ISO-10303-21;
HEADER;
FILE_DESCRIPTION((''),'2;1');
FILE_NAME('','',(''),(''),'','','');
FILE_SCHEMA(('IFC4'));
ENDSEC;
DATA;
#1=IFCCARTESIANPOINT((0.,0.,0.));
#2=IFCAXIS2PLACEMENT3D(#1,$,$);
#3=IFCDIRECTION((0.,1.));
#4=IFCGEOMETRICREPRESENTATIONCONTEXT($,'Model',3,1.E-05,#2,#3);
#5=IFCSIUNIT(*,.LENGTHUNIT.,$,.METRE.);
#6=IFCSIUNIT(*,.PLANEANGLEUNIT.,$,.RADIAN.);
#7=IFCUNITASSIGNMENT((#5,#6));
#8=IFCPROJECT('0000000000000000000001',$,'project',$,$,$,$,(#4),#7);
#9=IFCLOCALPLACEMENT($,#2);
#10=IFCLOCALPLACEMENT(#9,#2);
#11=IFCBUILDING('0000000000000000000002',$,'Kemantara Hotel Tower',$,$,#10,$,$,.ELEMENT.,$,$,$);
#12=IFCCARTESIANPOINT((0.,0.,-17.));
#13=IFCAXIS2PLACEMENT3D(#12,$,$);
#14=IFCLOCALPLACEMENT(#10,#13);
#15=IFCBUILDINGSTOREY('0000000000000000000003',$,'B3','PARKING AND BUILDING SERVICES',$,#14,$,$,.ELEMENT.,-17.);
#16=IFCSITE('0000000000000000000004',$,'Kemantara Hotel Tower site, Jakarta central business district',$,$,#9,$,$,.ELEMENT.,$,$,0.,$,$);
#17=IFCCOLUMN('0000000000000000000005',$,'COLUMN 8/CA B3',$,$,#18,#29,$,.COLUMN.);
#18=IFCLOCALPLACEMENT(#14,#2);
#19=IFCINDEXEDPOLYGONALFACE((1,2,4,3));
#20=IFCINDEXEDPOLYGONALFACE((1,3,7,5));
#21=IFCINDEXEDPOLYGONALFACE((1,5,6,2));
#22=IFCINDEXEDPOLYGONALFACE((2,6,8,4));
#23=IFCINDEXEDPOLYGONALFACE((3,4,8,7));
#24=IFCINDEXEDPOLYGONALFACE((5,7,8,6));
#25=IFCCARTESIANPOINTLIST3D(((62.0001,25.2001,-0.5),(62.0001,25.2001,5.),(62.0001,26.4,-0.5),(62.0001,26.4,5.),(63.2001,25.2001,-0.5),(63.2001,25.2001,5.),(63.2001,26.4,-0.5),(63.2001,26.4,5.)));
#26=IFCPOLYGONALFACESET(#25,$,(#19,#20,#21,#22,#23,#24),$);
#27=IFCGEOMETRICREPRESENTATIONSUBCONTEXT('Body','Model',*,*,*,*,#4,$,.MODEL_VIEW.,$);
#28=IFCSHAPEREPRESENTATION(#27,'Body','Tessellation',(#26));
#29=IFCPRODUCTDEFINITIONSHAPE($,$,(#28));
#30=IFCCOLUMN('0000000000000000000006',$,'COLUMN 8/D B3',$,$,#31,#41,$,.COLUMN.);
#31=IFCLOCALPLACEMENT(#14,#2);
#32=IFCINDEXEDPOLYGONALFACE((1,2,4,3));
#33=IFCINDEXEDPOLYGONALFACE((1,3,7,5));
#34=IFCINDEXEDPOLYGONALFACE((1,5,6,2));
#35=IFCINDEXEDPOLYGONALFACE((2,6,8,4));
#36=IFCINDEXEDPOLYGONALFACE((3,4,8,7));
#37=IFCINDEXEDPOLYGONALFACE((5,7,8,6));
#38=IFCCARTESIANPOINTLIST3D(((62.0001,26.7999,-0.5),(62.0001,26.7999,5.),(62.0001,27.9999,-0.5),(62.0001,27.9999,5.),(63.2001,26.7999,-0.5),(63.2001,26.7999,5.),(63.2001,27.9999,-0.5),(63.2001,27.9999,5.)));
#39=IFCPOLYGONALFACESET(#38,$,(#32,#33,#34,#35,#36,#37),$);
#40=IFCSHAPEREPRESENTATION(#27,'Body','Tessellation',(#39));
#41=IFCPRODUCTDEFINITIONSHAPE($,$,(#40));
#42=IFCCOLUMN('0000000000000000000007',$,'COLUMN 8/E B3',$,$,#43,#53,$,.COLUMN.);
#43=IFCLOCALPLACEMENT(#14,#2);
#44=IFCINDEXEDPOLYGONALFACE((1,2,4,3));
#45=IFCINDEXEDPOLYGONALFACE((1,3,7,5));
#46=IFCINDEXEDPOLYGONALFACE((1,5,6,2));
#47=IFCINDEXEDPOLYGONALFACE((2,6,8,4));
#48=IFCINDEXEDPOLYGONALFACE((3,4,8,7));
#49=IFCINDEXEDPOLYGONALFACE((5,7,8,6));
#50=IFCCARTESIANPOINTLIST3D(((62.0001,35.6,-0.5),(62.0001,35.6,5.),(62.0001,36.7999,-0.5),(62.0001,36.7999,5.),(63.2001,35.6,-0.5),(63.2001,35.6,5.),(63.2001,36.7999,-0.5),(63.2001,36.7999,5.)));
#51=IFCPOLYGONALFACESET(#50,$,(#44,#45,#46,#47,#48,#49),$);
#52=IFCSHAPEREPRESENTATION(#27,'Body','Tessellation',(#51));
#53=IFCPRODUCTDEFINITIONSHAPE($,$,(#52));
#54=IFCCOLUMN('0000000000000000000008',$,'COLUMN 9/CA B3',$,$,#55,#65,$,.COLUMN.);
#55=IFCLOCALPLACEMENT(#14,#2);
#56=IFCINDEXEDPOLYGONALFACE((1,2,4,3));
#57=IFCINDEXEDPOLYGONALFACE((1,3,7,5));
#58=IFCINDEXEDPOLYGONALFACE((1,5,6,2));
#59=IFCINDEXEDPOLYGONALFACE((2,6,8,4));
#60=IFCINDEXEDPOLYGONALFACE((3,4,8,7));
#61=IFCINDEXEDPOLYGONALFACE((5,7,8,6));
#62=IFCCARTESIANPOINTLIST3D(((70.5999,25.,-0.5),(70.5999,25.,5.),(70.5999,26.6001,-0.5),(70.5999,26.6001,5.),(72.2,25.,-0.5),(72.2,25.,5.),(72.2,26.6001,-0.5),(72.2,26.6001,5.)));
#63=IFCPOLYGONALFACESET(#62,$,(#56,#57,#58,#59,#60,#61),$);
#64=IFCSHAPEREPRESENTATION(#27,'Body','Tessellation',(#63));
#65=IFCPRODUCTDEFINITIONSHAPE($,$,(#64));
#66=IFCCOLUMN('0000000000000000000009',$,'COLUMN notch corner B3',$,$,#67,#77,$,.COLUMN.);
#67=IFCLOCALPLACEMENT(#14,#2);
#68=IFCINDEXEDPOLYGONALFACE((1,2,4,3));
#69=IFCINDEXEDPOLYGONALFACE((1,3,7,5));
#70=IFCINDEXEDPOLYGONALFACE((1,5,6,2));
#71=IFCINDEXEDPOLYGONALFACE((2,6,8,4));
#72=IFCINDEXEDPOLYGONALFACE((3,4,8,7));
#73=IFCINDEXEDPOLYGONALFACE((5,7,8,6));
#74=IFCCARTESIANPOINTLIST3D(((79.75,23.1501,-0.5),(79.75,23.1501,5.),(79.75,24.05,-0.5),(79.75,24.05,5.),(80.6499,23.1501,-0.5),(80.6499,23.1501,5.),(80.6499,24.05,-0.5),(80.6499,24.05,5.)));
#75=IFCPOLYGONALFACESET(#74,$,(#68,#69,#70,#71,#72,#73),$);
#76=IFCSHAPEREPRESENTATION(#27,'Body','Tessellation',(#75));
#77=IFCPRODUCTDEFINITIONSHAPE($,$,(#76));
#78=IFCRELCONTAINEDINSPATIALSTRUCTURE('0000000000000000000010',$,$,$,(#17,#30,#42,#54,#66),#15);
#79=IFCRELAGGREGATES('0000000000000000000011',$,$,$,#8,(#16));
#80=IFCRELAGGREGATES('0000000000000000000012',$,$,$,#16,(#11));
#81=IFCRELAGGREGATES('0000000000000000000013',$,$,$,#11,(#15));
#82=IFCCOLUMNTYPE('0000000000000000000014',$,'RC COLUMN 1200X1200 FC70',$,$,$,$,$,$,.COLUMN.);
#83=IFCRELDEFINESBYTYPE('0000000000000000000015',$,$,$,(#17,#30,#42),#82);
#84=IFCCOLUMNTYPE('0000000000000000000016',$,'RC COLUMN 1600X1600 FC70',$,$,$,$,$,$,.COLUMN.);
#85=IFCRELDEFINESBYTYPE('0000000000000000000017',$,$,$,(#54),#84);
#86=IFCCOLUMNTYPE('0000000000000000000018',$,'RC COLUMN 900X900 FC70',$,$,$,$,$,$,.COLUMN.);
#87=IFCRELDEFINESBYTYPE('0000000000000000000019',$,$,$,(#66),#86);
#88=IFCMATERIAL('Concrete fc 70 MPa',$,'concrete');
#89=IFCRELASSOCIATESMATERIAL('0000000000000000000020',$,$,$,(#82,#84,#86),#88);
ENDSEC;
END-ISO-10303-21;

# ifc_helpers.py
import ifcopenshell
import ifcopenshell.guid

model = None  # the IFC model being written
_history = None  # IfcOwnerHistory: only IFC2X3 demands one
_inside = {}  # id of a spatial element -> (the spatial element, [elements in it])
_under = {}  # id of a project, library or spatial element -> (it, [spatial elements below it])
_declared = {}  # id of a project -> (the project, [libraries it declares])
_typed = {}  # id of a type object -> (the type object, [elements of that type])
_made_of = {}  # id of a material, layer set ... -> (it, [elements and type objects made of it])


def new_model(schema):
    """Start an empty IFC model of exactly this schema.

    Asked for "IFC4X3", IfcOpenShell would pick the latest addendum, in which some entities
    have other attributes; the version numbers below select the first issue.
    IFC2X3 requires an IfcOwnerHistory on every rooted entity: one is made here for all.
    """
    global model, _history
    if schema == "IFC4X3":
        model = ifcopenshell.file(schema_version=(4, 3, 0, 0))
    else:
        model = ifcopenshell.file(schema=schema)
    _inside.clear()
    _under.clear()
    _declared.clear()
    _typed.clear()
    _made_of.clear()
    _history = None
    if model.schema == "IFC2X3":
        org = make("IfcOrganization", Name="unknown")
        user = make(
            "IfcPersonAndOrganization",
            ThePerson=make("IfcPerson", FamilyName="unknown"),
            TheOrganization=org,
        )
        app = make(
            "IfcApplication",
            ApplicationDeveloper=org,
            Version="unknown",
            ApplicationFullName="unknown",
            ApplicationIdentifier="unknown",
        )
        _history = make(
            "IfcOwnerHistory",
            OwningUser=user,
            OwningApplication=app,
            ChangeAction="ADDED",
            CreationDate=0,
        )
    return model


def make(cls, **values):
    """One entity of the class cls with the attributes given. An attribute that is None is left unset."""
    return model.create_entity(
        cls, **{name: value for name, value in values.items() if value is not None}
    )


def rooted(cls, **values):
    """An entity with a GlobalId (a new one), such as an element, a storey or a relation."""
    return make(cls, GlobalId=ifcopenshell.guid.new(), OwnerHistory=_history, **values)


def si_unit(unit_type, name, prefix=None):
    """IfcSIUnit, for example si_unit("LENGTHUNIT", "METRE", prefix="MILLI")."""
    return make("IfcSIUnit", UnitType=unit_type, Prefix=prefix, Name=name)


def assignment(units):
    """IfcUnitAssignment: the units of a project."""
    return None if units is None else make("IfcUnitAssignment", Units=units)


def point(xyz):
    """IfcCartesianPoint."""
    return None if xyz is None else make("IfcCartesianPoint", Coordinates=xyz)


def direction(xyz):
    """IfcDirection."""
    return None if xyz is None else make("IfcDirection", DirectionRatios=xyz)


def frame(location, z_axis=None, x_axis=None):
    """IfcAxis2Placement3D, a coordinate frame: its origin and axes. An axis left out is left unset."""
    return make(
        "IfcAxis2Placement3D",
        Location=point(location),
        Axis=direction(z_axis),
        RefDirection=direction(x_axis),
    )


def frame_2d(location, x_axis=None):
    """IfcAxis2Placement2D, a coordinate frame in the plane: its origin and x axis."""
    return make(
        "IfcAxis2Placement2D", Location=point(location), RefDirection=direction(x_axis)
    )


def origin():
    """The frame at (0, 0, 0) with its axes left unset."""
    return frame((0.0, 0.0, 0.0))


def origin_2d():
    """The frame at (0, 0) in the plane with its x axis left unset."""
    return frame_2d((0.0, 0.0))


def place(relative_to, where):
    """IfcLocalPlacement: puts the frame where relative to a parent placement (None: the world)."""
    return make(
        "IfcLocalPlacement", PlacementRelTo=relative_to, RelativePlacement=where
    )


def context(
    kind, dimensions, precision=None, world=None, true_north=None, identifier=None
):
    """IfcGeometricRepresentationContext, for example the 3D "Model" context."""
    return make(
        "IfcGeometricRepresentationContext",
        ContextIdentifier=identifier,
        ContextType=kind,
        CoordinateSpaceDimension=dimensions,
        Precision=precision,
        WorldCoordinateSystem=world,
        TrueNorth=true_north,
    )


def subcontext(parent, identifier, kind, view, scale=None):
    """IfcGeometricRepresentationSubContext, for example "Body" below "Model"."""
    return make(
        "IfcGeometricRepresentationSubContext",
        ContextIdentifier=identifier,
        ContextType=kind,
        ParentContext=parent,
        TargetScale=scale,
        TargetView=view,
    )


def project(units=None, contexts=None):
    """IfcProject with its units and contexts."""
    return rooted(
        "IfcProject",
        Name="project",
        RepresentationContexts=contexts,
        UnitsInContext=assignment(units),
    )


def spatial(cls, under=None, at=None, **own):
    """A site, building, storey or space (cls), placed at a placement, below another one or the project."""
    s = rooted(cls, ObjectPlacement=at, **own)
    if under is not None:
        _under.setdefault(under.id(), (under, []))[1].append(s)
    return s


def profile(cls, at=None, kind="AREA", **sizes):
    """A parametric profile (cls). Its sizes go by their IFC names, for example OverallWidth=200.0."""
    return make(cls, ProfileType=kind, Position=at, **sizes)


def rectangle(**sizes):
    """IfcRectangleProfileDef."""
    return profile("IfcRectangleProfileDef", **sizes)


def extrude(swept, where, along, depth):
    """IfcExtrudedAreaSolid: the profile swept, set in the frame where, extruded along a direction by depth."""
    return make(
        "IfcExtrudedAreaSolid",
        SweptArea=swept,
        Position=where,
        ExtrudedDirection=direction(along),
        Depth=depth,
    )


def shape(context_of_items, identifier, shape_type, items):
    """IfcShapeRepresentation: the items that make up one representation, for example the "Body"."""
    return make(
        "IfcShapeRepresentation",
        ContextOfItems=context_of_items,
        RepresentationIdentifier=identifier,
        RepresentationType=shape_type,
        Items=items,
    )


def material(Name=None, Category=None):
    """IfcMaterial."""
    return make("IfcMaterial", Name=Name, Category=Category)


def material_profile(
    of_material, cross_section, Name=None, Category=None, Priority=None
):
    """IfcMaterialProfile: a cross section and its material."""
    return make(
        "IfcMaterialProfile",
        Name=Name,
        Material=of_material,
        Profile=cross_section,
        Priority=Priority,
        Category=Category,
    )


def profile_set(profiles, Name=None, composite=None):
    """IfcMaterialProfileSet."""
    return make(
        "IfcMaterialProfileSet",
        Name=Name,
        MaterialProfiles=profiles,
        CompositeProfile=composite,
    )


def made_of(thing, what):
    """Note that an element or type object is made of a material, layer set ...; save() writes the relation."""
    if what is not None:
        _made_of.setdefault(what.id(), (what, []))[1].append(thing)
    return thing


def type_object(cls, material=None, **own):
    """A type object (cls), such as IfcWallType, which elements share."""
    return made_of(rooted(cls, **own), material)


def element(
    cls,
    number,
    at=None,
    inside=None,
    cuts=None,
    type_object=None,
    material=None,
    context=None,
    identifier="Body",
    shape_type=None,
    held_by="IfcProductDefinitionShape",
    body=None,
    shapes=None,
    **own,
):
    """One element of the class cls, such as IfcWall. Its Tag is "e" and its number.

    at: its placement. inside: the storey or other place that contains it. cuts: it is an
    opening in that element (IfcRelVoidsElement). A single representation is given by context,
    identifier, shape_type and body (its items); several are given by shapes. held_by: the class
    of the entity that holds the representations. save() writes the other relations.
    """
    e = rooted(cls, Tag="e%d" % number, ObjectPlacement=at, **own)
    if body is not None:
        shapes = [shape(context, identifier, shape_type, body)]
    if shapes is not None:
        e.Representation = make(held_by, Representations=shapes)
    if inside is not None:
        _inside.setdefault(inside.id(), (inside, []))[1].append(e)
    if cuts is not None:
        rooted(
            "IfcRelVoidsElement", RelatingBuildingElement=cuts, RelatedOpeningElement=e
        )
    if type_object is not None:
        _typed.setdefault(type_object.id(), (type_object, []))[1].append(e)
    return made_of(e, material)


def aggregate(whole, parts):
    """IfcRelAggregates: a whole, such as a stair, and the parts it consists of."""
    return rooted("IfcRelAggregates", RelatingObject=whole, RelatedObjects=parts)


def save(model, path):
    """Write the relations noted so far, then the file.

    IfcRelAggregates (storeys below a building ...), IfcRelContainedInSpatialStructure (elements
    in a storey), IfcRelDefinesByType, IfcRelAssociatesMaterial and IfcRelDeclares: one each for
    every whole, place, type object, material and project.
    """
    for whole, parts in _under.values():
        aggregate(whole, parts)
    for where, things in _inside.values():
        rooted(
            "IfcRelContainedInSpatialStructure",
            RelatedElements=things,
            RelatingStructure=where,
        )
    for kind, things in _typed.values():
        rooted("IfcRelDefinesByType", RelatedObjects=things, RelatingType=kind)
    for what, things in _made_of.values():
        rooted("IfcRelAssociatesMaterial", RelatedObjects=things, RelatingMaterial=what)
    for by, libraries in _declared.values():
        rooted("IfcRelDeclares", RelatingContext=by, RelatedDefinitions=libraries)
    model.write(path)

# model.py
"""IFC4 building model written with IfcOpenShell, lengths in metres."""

from ifc_helpers import new_model, si_unit, direction, frame, origin, origin_2d, place, context, subcontext, project, spatial, rectangle, extrude, material, material_profile, profile_set, type_object, element, save


model = new_model("IFC4")

# Units and contexts
model_context = context("Model", 3, precision=1e-05, world=origin(), true_north=direction((0.0, 1.0)))
body_context = subcontext(model_context, "Body", "Model", "MODEL_VIEW")
ifc_project = project(units=[si_unit("LENGTHUNIT", "METRE"), si_unit("PLANEANGLEUNIT", "RADIAN")], contexts=[model_context])

# Site, building, storey
site_placement = place(None, origin())
site = spatial("IfcSite", under=ifc_project, at=site_placement, Name="Kemantara Hotel Tower site, Jakarta central business district", CompositionType="ELEMENT", RefElevation=0.0)
building_placement = place(site_placement, origin())
building = spatial("IfcBuilding", under=site, at=building_placement, Name="Kemantara Hotel Tower", CompositionType="ELEMENT")
storey_placement = place(building_placement, frame((0.0, 0.0, -17.0)))
storey = spatial("IfcBuildingStorey", under=building, at=storey_placement, Name="B3", Description="PARKING AND BUILDING SERVICES", CompositionType="ELEMENT", Elevation=-17.0)

# Columns
ifc_material_1 = material(Name="Concrete fc 70 MPa", Category="concrete")
ifc_material_profile_1 = material_profile(ifc_material_1, rectangle(XDim=1.2, YDim=1.2, at=origin_2d()), Name="RC 1200X1200")
ifc_profile_set_1 = profile_set([ifc_material_profile_1], Name="Concrete fc 70 MPa")
column_type_1 = type_object("IfcColumnType", Name="RC COLUMN 1200X1200 FC70", PredefinedType="COLUMN", material=ifc_profile_set_1)
for number, where, z_axis, x_axis, name in (
    (1, (62.6001, 25.8, -0.5), (0.0, 0.0, 1.0), (1.0, 0.0, 0.0), "COLUMN 8/CA B3"),
    (2, (62.6001, 27.3999, -0.5), (0.0, 0.0, 1.0), (1.0, 0.0, 0.0), "COLUMN 8/D B3"),
    (3, (62.6001, 36.2, -0.5), (0.0, 0.0, 1.0), (1.0, 0.0, 0.0), "COLUMN 8/E B3"),
):
    element("IfcColumn", number, at=place(storey_placement, frame(where, z_axis=z_axis, x_axis=x_axis)), inside=storey, type_object=column_type_1, Name=name, PredefinedType="COLUMN", context=body_context, shape_type="SweptSolid", body=[
        extrude(rectangle(XDim=1.2, YDim=1.2, at=origin_2d()), origin(), (0.0, 0.0, 1.0), 5.5),
    ])
ifc_material_profile_2 = material_profile(ifc_material_1, rectangle(XDim=1.6001, YDim=1.6001, at=origin_2d()), Name="RC 1600X1600")
ifc_profile_set_2 = profile_set([ifc_material_profile_2], Name="Concrete fc 70 MPa")
column_type_2 = type_object("IfcColumnType", Name="RC COLUMN 1600X1600 FC70", PredefinedType="COLUMN", material=ifc_profile_set_2)
column_1_placement = place(storey_placement, frame((71.3999, 25.8, -0.5), z_axis=(0.0, 0.0, 1.0), x_axis=(1.0, 0.0, 0.0)))
element("IfcColumn", 4, at=column_1_placement, inside=storey, type_object=column_type_2, Name="COLUMN 9/CA B3", PredefinedType="COLUMN", context=body_context, shape_type="SweptSolid", body=[
    extrude(rectangle(XDim=1.6001, YDim=1.6001, at=origin_2d()), origin(), (0.0, 0.0, 1.0), 5.5),
])
ifc_material_profile_3 = material_profile(ifc_material_1, rectangle(XDim=0.8999, YDim=0.8999, at=origin_2d()), Name="RC 900X900")
ifc_profile_set_3 = profile_set([ifc_material_profile_3], Name="Concrete fc 70 MPa")
column_type_3 = type_object("IfcColumnType", Name="RC COLUMN 900X900 FC70", PredefinedType="COLUMN", material=ifc_profile_set_3)
column_2_placement = place(storey_placement, frame((80.2, 23.6001, -0.5), z_axis=(0.0, 0.0, 1.0), x_axis=(1.0, 0.0, 0.0)))
element("IfcColumn", 5, at=column_2_placement, inside=storey, type_object=column_type_3, Name="COLUMN notch corner B3", PredefinedType="COLUMN", context=body_context, shape_type="SweptSolid", body=[
    extrude(rectangle(XDim=0.8999, YDim=0.8999, at=origin_2d()), origin(), (0.0, 0.0, 1.0), 5.5),
])

save(model, "model.ifc")
